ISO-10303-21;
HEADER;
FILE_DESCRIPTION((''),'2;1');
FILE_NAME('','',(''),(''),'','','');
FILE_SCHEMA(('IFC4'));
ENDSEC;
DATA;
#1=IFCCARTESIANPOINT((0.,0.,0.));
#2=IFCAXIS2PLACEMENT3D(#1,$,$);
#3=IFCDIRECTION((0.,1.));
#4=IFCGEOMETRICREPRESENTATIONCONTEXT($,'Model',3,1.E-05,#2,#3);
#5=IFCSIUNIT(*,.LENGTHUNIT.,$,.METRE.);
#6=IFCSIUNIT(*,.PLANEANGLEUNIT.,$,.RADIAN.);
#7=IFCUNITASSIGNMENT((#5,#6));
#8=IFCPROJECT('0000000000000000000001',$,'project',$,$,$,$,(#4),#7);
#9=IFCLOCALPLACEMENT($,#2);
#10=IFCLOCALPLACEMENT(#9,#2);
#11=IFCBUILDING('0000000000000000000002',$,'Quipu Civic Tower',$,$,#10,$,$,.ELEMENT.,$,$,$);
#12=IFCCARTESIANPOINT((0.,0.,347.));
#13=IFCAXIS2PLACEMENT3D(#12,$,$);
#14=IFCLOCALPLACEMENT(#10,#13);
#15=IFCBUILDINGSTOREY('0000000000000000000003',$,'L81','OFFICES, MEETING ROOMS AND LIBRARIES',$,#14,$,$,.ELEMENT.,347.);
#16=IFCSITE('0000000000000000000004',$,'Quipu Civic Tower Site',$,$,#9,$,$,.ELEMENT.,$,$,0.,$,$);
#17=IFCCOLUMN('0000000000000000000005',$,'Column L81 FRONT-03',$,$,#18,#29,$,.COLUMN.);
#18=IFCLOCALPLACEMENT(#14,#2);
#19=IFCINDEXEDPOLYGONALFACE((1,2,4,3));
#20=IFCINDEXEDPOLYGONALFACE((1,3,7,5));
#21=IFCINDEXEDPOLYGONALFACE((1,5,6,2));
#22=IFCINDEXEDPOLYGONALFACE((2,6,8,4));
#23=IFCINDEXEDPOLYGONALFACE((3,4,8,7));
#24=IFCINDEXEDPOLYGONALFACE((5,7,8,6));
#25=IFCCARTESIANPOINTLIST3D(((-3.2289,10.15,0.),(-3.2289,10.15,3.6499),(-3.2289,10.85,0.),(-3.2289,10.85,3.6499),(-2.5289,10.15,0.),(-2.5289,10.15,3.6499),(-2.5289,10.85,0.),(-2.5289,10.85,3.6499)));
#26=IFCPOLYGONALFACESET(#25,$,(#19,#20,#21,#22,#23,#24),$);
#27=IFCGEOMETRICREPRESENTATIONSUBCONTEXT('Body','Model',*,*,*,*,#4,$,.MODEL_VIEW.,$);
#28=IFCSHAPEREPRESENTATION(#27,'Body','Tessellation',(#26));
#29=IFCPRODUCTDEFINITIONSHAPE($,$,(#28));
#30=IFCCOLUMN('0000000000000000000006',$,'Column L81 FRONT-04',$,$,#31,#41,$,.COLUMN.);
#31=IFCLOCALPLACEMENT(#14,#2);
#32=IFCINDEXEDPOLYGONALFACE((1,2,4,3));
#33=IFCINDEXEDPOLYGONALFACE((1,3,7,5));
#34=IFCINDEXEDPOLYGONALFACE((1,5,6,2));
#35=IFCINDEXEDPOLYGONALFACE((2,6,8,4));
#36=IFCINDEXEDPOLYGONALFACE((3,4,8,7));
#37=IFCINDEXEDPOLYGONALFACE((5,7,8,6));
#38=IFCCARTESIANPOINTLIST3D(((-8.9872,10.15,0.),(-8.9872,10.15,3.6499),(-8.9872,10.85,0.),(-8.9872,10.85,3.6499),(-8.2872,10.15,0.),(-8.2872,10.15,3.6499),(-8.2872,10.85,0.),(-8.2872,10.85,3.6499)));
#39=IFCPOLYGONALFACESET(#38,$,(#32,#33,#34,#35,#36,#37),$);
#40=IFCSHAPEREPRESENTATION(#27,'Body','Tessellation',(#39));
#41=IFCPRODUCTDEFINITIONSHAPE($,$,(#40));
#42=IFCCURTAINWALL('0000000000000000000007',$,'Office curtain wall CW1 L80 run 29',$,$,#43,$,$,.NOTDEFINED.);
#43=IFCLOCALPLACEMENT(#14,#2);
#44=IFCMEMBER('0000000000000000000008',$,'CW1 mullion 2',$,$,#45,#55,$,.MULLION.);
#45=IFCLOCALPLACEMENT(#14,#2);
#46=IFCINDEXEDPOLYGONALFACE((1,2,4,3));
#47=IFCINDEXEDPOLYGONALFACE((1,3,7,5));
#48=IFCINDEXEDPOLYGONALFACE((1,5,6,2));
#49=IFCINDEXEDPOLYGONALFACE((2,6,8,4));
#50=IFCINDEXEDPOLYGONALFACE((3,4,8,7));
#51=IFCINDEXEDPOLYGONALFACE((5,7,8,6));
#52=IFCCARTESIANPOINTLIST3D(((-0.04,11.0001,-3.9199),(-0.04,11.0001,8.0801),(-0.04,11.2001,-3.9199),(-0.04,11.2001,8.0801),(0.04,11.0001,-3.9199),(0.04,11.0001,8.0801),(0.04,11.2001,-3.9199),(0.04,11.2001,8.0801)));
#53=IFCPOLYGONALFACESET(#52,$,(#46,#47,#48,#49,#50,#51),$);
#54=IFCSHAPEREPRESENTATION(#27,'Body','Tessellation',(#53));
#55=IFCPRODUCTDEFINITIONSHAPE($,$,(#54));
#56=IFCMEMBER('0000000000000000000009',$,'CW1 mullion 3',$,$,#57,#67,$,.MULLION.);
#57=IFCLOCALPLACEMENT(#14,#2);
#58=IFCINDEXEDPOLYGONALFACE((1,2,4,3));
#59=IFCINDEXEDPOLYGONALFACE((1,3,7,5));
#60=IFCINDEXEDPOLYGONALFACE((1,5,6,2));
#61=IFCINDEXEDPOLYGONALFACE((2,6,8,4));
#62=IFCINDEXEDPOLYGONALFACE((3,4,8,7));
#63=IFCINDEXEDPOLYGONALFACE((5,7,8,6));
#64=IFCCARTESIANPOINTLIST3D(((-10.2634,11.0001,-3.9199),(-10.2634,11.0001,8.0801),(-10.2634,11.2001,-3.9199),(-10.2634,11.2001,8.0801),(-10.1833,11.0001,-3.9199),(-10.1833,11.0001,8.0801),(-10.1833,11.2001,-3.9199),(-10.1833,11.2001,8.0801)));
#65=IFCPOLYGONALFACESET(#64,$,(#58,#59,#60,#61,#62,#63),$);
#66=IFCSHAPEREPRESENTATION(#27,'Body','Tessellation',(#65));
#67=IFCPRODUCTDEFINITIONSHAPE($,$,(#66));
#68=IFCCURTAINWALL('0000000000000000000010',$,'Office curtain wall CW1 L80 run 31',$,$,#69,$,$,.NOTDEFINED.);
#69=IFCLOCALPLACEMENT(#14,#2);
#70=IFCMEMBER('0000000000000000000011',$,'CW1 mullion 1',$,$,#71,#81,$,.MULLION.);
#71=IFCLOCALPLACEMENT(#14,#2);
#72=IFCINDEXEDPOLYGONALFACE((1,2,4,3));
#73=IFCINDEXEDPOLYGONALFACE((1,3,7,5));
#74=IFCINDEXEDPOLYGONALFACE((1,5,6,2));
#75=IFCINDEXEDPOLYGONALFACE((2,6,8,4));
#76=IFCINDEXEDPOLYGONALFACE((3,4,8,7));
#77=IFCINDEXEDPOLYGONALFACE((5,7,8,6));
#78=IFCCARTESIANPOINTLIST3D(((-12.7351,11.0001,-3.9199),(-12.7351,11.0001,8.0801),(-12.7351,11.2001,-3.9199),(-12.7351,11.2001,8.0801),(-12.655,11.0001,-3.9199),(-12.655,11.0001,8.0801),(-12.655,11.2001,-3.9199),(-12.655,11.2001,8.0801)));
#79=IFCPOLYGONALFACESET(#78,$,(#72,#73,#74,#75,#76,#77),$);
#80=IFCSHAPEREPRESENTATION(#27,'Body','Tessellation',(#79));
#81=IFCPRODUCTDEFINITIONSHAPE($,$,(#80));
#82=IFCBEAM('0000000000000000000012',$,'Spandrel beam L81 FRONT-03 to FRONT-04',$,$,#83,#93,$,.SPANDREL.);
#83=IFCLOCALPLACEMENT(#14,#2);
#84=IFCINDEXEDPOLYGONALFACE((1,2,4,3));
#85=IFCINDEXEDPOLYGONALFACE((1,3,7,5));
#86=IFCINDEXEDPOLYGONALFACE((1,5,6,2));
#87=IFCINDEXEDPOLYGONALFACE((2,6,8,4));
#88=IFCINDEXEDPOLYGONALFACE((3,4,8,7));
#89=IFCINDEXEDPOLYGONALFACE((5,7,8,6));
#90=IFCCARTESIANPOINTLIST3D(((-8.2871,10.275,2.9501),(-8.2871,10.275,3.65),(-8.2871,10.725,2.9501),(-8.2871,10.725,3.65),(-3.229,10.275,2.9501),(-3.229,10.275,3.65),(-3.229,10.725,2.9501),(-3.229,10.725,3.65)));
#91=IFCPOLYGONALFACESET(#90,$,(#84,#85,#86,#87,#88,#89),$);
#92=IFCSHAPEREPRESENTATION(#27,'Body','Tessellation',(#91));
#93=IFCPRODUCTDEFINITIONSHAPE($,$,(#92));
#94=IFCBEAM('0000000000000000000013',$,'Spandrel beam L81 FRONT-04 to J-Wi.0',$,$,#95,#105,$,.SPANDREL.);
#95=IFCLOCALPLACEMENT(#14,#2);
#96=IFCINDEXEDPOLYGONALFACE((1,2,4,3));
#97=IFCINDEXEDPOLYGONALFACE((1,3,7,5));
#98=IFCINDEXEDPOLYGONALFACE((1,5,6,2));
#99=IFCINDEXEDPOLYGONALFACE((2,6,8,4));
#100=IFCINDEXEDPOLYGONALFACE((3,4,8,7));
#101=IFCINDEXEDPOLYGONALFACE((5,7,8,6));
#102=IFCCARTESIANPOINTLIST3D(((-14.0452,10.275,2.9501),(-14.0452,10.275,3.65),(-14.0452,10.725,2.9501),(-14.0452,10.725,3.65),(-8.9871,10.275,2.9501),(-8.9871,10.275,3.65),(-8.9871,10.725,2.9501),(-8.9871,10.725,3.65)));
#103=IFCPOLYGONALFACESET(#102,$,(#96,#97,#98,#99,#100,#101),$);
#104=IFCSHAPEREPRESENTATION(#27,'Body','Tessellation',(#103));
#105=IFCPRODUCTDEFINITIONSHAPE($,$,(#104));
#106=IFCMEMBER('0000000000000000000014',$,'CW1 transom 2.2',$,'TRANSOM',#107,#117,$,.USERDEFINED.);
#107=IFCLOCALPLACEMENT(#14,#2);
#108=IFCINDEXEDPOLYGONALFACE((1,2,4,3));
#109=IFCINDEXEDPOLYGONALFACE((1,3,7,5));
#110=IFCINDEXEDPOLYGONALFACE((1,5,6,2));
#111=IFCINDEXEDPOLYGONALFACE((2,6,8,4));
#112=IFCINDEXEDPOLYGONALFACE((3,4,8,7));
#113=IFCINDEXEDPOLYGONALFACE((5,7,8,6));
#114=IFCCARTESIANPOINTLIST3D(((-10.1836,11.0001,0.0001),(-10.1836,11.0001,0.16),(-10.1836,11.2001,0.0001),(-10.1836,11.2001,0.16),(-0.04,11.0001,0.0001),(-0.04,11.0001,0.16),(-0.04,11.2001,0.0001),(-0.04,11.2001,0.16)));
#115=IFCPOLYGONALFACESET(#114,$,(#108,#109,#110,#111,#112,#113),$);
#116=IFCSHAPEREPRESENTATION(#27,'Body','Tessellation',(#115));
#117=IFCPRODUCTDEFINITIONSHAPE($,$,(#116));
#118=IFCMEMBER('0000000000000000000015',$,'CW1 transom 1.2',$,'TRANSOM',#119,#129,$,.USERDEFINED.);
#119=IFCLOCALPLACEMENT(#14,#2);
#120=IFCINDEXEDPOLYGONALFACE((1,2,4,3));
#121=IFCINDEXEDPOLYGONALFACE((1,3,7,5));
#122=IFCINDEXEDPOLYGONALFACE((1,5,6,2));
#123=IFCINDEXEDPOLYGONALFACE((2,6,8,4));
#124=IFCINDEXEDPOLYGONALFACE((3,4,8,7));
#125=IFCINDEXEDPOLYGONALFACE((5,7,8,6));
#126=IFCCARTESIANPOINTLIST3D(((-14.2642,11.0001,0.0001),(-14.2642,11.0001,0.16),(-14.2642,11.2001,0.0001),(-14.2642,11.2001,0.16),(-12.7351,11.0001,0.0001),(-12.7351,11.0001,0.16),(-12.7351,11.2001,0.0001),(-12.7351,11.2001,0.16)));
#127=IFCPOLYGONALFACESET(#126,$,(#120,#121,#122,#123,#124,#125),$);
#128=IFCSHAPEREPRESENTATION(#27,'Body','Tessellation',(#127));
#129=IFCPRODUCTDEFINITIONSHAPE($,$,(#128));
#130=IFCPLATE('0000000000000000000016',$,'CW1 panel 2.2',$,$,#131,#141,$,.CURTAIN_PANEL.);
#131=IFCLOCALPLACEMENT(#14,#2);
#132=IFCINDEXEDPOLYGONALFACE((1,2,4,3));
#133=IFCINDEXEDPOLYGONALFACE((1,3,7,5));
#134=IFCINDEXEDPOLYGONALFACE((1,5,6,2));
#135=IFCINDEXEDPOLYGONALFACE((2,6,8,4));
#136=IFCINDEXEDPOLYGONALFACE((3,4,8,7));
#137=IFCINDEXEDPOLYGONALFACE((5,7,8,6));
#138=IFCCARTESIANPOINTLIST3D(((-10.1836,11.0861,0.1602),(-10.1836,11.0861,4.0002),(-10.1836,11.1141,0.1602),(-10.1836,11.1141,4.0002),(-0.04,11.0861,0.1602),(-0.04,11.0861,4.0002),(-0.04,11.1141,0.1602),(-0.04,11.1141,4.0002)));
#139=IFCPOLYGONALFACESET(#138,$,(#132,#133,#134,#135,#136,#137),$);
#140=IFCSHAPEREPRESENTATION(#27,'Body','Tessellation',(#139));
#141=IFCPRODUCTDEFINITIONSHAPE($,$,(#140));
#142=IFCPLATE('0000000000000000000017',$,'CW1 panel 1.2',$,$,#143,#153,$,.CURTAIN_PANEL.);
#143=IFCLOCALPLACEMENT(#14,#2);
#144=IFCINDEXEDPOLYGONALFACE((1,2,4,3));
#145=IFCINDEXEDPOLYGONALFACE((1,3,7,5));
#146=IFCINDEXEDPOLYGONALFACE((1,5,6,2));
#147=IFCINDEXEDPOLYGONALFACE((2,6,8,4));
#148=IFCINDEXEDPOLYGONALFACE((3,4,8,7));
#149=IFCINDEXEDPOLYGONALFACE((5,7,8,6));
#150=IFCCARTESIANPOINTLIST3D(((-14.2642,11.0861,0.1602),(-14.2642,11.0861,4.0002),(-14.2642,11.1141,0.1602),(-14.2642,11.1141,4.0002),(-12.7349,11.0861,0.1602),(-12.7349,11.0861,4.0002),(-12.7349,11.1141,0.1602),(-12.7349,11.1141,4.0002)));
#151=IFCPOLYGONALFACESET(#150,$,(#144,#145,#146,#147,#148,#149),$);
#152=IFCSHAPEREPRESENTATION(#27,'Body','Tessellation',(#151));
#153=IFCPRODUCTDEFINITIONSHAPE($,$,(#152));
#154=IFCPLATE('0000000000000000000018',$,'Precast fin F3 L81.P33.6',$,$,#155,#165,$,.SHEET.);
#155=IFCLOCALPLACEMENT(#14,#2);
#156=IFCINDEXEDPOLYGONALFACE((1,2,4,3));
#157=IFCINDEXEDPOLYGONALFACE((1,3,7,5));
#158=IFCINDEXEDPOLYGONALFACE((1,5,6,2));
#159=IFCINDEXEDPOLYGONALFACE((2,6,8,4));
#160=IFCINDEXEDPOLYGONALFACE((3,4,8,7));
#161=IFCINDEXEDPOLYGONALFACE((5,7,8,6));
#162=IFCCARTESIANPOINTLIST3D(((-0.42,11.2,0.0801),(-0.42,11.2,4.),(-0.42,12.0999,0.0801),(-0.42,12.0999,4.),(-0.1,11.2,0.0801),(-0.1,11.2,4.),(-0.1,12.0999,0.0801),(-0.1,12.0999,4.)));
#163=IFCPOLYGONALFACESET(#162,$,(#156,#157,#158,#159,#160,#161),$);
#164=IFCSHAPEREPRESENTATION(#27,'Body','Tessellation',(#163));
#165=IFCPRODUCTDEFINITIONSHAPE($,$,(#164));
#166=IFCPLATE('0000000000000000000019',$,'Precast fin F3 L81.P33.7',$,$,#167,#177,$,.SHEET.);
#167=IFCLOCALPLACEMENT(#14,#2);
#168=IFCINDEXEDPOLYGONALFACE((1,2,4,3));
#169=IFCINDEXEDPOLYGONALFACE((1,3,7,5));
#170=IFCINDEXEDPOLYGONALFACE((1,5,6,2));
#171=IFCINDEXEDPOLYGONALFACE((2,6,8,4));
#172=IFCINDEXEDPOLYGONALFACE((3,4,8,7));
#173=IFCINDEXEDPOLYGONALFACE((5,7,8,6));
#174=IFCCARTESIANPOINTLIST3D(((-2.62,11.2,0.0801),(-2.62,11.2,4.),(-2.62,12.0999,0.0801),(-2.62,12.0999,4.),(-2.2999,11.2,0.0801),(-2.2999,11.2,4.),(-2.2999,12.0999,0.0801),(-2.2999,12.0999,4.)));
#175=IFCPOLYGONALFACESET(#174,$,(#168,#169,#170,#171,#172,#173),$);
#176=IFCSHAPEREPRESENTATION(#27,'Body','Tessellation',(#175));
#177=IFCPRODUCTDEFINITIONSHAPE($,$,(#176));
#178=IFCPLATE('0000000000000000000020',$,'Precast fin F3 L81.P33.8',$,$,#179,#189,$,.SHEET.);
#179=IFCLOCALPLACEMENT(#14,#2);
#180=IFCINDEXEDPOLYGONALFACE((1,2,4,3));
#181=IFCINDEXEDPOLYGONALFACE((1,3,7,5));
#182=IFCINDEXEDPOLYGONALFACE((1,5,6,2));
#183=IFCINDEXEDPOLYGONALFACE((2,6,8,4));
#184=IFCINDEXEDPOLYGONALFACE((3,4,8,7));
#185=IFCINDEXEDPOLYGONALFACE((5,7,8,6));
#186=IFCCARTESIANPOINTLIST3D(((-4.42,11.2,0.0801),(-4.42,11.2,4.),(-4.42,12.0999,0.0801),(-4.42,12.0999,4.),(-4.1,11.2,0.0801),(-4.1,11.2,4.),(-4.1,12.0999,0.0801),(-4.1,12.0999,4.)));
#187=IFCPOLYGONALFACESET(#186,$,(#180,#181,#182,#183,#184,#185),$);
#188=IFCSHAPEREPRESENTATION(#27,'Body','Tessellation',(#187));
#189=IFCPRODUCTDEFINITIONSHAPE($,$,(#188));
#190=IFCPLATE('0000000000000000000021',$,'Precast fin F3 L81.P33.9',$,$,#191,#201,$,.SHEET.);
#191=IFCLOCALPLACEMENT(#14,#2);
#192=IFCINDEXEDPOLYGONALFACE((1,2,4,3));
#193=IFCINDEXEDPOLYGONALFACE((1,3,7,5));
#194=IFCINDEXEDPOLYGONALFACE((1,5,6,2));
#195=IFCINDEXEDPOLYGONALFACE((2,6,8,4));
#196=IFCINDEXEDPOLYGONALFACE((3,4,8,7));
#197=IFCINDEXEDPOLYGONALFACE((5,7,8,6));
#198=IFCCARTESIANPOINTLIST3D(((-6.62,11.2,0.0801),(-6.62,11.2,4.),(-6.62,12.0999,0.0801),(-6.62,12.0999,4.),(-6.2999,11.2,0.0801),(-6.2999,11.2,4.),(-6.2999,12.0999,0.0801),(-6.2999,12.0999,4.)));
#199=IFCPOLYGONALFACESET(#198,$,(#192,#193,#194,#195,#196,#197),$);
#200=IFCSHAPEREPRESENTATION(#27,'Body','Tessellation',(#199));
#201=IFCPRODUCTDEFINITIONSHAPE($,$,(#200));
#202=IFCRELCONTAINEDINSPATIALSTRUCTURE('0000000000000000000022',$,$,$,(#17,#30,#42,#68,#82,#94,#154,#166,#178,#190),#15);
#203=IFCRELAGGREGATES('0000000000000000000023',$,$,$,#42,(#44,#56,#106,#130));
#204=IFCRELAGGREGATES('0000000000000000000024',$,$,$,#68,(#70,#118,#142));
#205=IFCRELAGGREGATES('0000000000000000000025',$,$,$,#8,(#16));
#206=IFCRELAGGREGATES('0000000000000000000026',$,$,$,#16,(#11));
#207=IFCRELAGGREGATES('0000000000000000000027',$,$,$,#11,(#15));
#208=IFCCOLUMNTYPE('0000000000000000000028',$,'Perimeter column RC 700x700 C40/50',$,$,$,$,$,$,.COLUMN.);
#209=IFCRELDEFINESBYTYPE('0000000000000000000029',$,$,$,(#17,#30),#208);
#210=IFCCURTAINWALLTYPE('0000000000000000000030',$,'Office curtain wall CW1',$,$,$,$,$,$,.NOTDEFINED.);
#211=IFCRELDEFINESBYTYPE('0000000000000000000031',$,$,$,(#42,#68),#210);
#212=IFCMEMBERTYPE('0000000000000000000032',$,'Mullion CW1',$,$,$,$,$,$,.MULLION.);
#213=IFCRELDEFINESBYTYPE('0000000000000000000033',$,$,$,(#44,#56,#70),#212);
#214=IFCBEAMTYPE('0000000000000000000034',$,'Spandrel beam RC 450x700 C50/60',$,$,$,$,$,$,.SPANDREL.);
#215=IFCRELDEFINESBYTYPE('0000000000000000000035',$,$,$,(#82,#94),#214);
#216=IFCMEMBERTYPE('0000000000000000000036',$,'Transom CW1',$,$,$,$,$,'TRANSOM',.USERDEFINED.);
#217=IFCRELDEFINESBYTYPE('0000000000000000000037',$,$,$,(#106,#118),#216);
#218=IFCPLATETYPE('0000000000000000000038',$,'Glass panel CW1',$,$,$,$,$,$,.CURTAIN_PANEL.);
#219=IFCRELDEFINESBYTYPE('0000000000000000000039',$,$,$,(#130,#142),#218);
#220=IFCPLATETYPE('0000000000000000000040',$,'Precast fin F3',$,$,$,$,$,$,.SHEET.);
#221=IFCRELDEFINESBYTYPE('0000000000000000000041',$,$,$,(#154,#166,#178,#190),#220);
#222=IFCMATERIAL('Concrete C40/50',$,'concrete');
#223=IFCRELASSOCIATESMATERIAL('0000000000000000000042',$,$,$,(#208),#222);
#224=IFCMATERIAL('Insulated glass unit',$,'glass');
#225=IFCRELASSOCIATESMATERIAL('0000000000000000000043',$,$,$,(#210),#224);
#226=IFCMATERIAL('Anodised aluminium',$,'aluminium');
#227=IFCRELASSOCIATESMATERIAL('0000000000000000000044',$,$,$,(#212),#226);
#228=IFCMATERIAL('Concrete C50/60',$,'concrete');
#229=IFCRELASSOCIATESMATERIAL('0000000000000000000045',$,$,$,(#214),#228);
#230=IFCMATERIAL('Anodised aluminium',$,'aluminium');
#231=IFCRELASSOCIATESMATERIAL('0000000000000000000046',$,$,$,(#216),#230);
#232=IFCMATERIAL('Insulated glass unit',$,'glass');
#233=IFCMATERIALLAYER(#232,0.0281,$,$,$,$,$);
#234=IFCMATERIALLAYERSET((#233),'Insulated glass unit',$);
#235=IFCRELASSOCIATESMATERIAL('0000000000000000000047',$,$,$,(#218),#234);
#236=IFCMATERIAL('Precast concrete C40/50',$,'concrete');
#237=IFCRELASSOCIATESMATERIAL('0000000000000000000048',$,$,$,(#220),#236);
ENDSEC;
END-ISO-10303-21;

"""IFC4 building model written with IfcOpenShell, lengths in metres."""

from ifc_helpers import new_model, si_unit, direction, frame, origin, origin_2d, place, context, subcontext, project, spatial, rectangle, extrude, material, layer, layer_set, material_profile, profile_set, type_object, element, aggregate, save


model = new_model("IFC4")

# Units and contexts
model_context = context("Model", 3, precision=1e-05, world=origin(), true_north=direction((0.0, 1.0)))
body_context = subcontext(model_context, "Body", "Model", "MODEL_VIEW")
ifc_project = project(units=[si_unit("LENGTHUNIT", "METRE"), si_unit("PLANEANGLEUNIT", "RADIAN")], contexts=[model_context])

# Site, building, storey
site_placement = place(None, origin())
site = spatial("IfcSite", under=ifc_project, at=site_placement, Name="Quipu Civic Tower Site", CompositionType="ELEMENT", RefElevation=0.0)
building_placement = place(site_placement, origin())
building = spatial("IfcBuilding", under=site, at=building_placement, Name="Quipu Civic Tower", CompositionType="ELEMENT")
storey_placement = place(building_placement, frame((0.0, 0.0, 347.0)))
storey = spatial("IfcBuildingStorey", under=building, at=storey_placement, Name="L81", Description="OFFICES, MEETING ROOMS AND LIBRARIES", CompositionType="ELEMENT", Elevation=347.0)

# Columns
ifc_material_1 = material(Name="Concrete C40/50", Category="concrete")
ifc_material_profile_1 = material_profile(ifc_material_1, rectangle(XDim=0.7, YDim=0.7, at=origin_2d()), Name="RC700x700")
ifc_profile_set_1 = profile_set([ifc_material_profile_1], Name="Concrete C40/50")
column_type = type_object("IfcColumnType", Name="Perimeter column RC 700x700 C40/50", PredefinedType="COLUMN", material=ifc_profile_set_1)
for number, where, z_axis, x_axis, name in (
    (1, (-2.8789, 10.5, 0.0), (0.0, 0.0, 1.0), (-1.0, 0.0, 0.0), "Column L81 FRONT-03"),
    (2, (-8.6372, 10.5, 0.0), (0.0, 0.0, 1.0), (-1.0, 0.0, 0.0), "Column L81 FRONT-04"),
):
    element("IfcColumn", number, at=place(storey_placement, frame(where, z_axis=z_axis, x_axis=x_axis)), inside=storey, type_object=column_type, Name=name, PredefinedType="COLUMN", context=body_context, shape_type="SweptSolid", body=[
        extrude(rectangle(XDim=0.7, YDim=0.7, at=origin_2d()), origin(), (0.0, 0.0, 1.0), 3.6499),
    ])

# Curtain wall, members
ifc_material_2 = material(Name="Insulated glass unit", Category="glass")
curtain_wall_type = type_object("IfcCurtainWallType", Name="Office curtain wall CW1", PredefinedType="NOTDEFINED", material=ifc_material_2)
curtain_wall_1_placement = place(storey_placement, origin())
curtain_wall_1 = element("IfcCurtainWall", 3, at=curtain_wall_1_placement, inside=storey, type_object=curtain_wall_type, Name="Office curtain wall CW1 L80 run 29", PredefinedType="NOTDEFINED")
ifc_material_3 = material(Name="Anodised aluminium", Category="aluminium")
ifc_material_profile_2 = material_profile(ifc_material_3, rectangle(XDim=0.2, YDim=0.0801, at=origin_2d()), Name="RECT 200x80")
ifc_profile_set_2 = profile_set([ifc_material_profile_2], Name="Anodised aluminium")
member_type_1 = type_object("IfcMemberType", Name="Mullion CW1", PredefinedType="MULLION", material=ifc_profile_set_2)
member_1_placement = place(storey_placement, frame((0.0, 11.1001, -3.9199), z_axis=(0.0, 0.0, 1.0), x_axis=(0.0, -1.0, 0.0)))
member_1 = element("IfcMember", 4, at=member_1_placement, type_object=member_type_1, Name="CW1 mullion 2", PredefinedType="MULLION", context=body_context, shape_type="SweptSolid", body=[
    extrude(rectangle(XDim=0.2, YDim=0.0801, at=origin_2d()), origin(), (0.0, 0.0, 1.0), 12.0),
])
member_2_placement = place(storey_placement, frame((-10.2234, 11.1001, -3.9199), z_axis=(0.0, 0.0, 1.0), x_axis=(0.0, -1.0, 0.0)))
member_2 = element("IfcMember", 5, at=member_2_placement, type_object=member_type_1, Name="CW1 mullion 3", PredefinedType="MULLION", context=body_context, shape_type="SweptSolid", body=[
    extrude(rectangle(XDim=0.2, YDim=0.0801, at=origin_2d()), origin(), (0.0, 0.0, 1.0), 12.0),
])

# Curtain wall, member
curtain_wall_2_placement = place(storey_placement, origin())
curtain_wall_2 = element("IfcCurtainWall", 6, at=curtain_wall_2_placement, inside=storey, type_object=curtain_wall_type, Name="Office curtain wall CW1 L80 run 31", PredefinedType="NOTDEFINED")
member_3_placement = place(storey_placement, frame((-12.6951, 11.1001, -3.9199), z_axis=(0.0, 0.0, 1.0), x_axis=(0.0, -1.0, 0.0)))
member_3 = element("IfcMember", 7, at=member_3_placement, type_object=member_type_1, Name="CW1 mullion 1", PredefinedType="MULLION", context=body_context, shape_type="SweptSolid", body=[
    extrude(rectangle(XDim=0.2, YDim=0.0801, at=origin_2d()), origin(), (0.0, 0.0, 1.0), 12.0),
])

# Beams
ifc_material_4 = material(Name="Concrete C50/60", Category="concrete")
ifc_material_profile_3 = material_profile(ifc_material_4, rectangle(XDim=0.45, YDim=0.7, at=origin_2d()), Name="RC450x700")
ifc_profile_set_3 = profile_set([ifc_material_profile_3], Name="Concrete C50/60")
beam_type = type_object("IfcBeamType", Name="Spandrel beam RC 450x700 C50/60", PredefinedType="SPANDREL", material=ifc_profile_set_3)
for number, where, z_axis, x_axis, name in (
    (8, (-3.229, 10.5, 3.3), (-1.0, 0.0, 0.0), (0.0, -1.0, 0.0), "Spandrel beam L81 FRONT-03 to FRONT-04"),
    (9, (-8.9871, 10.5, 3.3), (-1.0, 0.0, 0.0), (0.0, -1.0, 0.0), "Spandrel beam L81 FRONT-04 to J-Wi.0"),
):
    element("IfcBeam", number, at=place(storey_placement, frame(where, z_axis=z_axis, x_axis=x_axis)), inside=storey, type_object=beam_type, Name=name, PredefinedType="SPANDREL", context=body_context, shape_type="SweptSolid", body=[
        extrude(rectangle(XDim=0.45, YDim=0.7, at=origin_2d()), origin(), (0.0, 0.0, 1.0), 5.0581),
    ])

# Members
ifc_material_5 = material(Name="Anodised aluminium", Category="aluminium")
ifc_material_profile_4 = material_profile(ifc_material_5, rectangle(XDim=0.2, YDim=0.1599, at=origin_2d()), Name="RECT 200x160")
ifc_profile_set_4 = profile_set([ifc_material_profile_4], Name="Anodised aluminium")
member_type_2 = type_object("IfcMemberType", Name="Transom CW1", ElementType="TRANSOM", PredefinedType="USERDEFINED", material=ifc_profile_set_4)
member_4_placement = place(storey_placement, frame((-0.04, 11.1001, 0.0801), z_axis=(-1.0, 0.0, 0.0), x_axis=(0.0, -1.0, 0.0)))
member_4 = element("IfcMember", 10, at=member_4_placement, type_object=member_type_2, Name="CW1 transom 2.2", ObjectType="TRANSOM", PredefinedType="USERDEFINED", context=body_context, shape_type="SweptSolid", body=[
    extrude(rectangle(XDim=0.2, YDim=0.1599, at=origin_2d()), origin(), (0.0, 0.0, 1.0), 10.1436),
])
member_5_placement = place(storey_placement, frame((-12.7351, 11.1001, 0.0801), z_axis=(-1.0, 0.0, 0.0), x_axis=(0.0, -1.0, 0.0)))
member_5 = element("IfcMember", 11, at=member_5_placement, type_object=member_type_2, Name="CW1 transom 1.2", ObjectType="TRANSOM", PredefinedType="USERDEFINED", context=body_context, shape_type="SweptSolid", body=[
    extrude(rectangle(XDim=0.2, YDim=0.1599, at=origin_2d()), origin(), (0.0, 0.0, 1.0), 1.5291),
])

# Plates
ifc_material_6 = material(Name="Insulated glass unit", Category="glass")
ifc_layer_1 = layer(ifc_material_6, 0.0281)
ifc_layer_set_1 = layer_set([ifc_layer_1], Name="Insulated glass unit")
plate_type_1 = type_object("IfcPlateType", Name="Glass panel CW1", PredefinedType="CURTAIN_PANEL", material=ifc_layer_set_1)
plate_1_placement = place(storey_placement, frame((-5.1118, 11.1001, 0.1602), z_axis=(0.0, 0.0, 1.0), x_axis=(-1.0, 0.0, 0.0)))
plate_1 = element("IfcPlate", 12, at=plate_1_placement, type_object=plate_type_1, Name="CW1 panel 2.2", PredefinedType="CURTAIN_PANEL", context=body_context, shape_type="SweptSolid", body=[
    extrude(rectangle(XDim=10.1436, YDim=0.0281, at=origin_2d()), origin(), (0.0, 0.0, 1.0), 3.8401),
])
aggregate(curtain_wall_1, [member_1, member_2, member_4, plate_1])
plate_2_placement = place(storey_placement, frame((-13.4995, 11.1001, 0.1602), z_axis=(0.0, 0.0, 1.0), x_axis=(-1.0, 0.0, 0.0)))
plate_2 = element("IfcPlate", 13, at=plate_2_placement, type_object=plate_type_1, Name="CW1 panel 1.2", PredefinedType="CURTAIN_PANEL", context=body_context, shape_type="SweptSolid", body=[
    extrude(rectangle(XDim=1.5293, YDim=0.0281, at=origin_2d()), origin(), (0.0, 0.0, 1.0), 3.8401),
])
aggregate(curtain_wall_2, [member_3, member_5, plate_2])

# Plates
ifc_material_7 = material(Name="Precast concrete C40/50", Category="concrete")
plate_type_2 = type_object("IfcPlateType", Name="Precast fin F3", PredefinedType="SHEET", material=ifc_material_7)
for number, where, z_axis, x_axis, name in (
    (14, (-0.26, 11.6499, 0.0801), (0.0, 0.0, 1.0), (-1.0, 0.0, 0.0), "Precast fin F3 L81.P33.6"),
    (15, (-2.46, 11.6499, 0.0801), (0.0, 0.0, 1.0), (-1.0, 0.0, 0.0), "Precast fin F3 L81.P33.7"),
    (16, (-4.26, 11.6499, 0.0801), (0.0, 0.0, 1.0), (-1.0, 0.0, 0.0), "Precast fin F3 L81.P33.8"),
    (17, (-6.46, 11.6499, 0.0801), (0.0, 0.0, 1.0), (-1.0, 0.0, 0.0), "Precast fin F3 L81.P33.9"),
):
    element("IfcPlate", number, at=place(storey_placement, frame(where, z_axis=z_axis, x_axis=x_axis)), inside=storey, type_object=plate_type_2, Name=name, PredefinedType="SHEET", context=body_context, shape_type="SweptSolid", body=[
        extrude(rectangle(XDim=0.3201, YDim=0.8999, at=origin_2d()), origin(), (0.0, 0.0, 1.0), 3.9199),
    ])

save(model, "model.ifc")
